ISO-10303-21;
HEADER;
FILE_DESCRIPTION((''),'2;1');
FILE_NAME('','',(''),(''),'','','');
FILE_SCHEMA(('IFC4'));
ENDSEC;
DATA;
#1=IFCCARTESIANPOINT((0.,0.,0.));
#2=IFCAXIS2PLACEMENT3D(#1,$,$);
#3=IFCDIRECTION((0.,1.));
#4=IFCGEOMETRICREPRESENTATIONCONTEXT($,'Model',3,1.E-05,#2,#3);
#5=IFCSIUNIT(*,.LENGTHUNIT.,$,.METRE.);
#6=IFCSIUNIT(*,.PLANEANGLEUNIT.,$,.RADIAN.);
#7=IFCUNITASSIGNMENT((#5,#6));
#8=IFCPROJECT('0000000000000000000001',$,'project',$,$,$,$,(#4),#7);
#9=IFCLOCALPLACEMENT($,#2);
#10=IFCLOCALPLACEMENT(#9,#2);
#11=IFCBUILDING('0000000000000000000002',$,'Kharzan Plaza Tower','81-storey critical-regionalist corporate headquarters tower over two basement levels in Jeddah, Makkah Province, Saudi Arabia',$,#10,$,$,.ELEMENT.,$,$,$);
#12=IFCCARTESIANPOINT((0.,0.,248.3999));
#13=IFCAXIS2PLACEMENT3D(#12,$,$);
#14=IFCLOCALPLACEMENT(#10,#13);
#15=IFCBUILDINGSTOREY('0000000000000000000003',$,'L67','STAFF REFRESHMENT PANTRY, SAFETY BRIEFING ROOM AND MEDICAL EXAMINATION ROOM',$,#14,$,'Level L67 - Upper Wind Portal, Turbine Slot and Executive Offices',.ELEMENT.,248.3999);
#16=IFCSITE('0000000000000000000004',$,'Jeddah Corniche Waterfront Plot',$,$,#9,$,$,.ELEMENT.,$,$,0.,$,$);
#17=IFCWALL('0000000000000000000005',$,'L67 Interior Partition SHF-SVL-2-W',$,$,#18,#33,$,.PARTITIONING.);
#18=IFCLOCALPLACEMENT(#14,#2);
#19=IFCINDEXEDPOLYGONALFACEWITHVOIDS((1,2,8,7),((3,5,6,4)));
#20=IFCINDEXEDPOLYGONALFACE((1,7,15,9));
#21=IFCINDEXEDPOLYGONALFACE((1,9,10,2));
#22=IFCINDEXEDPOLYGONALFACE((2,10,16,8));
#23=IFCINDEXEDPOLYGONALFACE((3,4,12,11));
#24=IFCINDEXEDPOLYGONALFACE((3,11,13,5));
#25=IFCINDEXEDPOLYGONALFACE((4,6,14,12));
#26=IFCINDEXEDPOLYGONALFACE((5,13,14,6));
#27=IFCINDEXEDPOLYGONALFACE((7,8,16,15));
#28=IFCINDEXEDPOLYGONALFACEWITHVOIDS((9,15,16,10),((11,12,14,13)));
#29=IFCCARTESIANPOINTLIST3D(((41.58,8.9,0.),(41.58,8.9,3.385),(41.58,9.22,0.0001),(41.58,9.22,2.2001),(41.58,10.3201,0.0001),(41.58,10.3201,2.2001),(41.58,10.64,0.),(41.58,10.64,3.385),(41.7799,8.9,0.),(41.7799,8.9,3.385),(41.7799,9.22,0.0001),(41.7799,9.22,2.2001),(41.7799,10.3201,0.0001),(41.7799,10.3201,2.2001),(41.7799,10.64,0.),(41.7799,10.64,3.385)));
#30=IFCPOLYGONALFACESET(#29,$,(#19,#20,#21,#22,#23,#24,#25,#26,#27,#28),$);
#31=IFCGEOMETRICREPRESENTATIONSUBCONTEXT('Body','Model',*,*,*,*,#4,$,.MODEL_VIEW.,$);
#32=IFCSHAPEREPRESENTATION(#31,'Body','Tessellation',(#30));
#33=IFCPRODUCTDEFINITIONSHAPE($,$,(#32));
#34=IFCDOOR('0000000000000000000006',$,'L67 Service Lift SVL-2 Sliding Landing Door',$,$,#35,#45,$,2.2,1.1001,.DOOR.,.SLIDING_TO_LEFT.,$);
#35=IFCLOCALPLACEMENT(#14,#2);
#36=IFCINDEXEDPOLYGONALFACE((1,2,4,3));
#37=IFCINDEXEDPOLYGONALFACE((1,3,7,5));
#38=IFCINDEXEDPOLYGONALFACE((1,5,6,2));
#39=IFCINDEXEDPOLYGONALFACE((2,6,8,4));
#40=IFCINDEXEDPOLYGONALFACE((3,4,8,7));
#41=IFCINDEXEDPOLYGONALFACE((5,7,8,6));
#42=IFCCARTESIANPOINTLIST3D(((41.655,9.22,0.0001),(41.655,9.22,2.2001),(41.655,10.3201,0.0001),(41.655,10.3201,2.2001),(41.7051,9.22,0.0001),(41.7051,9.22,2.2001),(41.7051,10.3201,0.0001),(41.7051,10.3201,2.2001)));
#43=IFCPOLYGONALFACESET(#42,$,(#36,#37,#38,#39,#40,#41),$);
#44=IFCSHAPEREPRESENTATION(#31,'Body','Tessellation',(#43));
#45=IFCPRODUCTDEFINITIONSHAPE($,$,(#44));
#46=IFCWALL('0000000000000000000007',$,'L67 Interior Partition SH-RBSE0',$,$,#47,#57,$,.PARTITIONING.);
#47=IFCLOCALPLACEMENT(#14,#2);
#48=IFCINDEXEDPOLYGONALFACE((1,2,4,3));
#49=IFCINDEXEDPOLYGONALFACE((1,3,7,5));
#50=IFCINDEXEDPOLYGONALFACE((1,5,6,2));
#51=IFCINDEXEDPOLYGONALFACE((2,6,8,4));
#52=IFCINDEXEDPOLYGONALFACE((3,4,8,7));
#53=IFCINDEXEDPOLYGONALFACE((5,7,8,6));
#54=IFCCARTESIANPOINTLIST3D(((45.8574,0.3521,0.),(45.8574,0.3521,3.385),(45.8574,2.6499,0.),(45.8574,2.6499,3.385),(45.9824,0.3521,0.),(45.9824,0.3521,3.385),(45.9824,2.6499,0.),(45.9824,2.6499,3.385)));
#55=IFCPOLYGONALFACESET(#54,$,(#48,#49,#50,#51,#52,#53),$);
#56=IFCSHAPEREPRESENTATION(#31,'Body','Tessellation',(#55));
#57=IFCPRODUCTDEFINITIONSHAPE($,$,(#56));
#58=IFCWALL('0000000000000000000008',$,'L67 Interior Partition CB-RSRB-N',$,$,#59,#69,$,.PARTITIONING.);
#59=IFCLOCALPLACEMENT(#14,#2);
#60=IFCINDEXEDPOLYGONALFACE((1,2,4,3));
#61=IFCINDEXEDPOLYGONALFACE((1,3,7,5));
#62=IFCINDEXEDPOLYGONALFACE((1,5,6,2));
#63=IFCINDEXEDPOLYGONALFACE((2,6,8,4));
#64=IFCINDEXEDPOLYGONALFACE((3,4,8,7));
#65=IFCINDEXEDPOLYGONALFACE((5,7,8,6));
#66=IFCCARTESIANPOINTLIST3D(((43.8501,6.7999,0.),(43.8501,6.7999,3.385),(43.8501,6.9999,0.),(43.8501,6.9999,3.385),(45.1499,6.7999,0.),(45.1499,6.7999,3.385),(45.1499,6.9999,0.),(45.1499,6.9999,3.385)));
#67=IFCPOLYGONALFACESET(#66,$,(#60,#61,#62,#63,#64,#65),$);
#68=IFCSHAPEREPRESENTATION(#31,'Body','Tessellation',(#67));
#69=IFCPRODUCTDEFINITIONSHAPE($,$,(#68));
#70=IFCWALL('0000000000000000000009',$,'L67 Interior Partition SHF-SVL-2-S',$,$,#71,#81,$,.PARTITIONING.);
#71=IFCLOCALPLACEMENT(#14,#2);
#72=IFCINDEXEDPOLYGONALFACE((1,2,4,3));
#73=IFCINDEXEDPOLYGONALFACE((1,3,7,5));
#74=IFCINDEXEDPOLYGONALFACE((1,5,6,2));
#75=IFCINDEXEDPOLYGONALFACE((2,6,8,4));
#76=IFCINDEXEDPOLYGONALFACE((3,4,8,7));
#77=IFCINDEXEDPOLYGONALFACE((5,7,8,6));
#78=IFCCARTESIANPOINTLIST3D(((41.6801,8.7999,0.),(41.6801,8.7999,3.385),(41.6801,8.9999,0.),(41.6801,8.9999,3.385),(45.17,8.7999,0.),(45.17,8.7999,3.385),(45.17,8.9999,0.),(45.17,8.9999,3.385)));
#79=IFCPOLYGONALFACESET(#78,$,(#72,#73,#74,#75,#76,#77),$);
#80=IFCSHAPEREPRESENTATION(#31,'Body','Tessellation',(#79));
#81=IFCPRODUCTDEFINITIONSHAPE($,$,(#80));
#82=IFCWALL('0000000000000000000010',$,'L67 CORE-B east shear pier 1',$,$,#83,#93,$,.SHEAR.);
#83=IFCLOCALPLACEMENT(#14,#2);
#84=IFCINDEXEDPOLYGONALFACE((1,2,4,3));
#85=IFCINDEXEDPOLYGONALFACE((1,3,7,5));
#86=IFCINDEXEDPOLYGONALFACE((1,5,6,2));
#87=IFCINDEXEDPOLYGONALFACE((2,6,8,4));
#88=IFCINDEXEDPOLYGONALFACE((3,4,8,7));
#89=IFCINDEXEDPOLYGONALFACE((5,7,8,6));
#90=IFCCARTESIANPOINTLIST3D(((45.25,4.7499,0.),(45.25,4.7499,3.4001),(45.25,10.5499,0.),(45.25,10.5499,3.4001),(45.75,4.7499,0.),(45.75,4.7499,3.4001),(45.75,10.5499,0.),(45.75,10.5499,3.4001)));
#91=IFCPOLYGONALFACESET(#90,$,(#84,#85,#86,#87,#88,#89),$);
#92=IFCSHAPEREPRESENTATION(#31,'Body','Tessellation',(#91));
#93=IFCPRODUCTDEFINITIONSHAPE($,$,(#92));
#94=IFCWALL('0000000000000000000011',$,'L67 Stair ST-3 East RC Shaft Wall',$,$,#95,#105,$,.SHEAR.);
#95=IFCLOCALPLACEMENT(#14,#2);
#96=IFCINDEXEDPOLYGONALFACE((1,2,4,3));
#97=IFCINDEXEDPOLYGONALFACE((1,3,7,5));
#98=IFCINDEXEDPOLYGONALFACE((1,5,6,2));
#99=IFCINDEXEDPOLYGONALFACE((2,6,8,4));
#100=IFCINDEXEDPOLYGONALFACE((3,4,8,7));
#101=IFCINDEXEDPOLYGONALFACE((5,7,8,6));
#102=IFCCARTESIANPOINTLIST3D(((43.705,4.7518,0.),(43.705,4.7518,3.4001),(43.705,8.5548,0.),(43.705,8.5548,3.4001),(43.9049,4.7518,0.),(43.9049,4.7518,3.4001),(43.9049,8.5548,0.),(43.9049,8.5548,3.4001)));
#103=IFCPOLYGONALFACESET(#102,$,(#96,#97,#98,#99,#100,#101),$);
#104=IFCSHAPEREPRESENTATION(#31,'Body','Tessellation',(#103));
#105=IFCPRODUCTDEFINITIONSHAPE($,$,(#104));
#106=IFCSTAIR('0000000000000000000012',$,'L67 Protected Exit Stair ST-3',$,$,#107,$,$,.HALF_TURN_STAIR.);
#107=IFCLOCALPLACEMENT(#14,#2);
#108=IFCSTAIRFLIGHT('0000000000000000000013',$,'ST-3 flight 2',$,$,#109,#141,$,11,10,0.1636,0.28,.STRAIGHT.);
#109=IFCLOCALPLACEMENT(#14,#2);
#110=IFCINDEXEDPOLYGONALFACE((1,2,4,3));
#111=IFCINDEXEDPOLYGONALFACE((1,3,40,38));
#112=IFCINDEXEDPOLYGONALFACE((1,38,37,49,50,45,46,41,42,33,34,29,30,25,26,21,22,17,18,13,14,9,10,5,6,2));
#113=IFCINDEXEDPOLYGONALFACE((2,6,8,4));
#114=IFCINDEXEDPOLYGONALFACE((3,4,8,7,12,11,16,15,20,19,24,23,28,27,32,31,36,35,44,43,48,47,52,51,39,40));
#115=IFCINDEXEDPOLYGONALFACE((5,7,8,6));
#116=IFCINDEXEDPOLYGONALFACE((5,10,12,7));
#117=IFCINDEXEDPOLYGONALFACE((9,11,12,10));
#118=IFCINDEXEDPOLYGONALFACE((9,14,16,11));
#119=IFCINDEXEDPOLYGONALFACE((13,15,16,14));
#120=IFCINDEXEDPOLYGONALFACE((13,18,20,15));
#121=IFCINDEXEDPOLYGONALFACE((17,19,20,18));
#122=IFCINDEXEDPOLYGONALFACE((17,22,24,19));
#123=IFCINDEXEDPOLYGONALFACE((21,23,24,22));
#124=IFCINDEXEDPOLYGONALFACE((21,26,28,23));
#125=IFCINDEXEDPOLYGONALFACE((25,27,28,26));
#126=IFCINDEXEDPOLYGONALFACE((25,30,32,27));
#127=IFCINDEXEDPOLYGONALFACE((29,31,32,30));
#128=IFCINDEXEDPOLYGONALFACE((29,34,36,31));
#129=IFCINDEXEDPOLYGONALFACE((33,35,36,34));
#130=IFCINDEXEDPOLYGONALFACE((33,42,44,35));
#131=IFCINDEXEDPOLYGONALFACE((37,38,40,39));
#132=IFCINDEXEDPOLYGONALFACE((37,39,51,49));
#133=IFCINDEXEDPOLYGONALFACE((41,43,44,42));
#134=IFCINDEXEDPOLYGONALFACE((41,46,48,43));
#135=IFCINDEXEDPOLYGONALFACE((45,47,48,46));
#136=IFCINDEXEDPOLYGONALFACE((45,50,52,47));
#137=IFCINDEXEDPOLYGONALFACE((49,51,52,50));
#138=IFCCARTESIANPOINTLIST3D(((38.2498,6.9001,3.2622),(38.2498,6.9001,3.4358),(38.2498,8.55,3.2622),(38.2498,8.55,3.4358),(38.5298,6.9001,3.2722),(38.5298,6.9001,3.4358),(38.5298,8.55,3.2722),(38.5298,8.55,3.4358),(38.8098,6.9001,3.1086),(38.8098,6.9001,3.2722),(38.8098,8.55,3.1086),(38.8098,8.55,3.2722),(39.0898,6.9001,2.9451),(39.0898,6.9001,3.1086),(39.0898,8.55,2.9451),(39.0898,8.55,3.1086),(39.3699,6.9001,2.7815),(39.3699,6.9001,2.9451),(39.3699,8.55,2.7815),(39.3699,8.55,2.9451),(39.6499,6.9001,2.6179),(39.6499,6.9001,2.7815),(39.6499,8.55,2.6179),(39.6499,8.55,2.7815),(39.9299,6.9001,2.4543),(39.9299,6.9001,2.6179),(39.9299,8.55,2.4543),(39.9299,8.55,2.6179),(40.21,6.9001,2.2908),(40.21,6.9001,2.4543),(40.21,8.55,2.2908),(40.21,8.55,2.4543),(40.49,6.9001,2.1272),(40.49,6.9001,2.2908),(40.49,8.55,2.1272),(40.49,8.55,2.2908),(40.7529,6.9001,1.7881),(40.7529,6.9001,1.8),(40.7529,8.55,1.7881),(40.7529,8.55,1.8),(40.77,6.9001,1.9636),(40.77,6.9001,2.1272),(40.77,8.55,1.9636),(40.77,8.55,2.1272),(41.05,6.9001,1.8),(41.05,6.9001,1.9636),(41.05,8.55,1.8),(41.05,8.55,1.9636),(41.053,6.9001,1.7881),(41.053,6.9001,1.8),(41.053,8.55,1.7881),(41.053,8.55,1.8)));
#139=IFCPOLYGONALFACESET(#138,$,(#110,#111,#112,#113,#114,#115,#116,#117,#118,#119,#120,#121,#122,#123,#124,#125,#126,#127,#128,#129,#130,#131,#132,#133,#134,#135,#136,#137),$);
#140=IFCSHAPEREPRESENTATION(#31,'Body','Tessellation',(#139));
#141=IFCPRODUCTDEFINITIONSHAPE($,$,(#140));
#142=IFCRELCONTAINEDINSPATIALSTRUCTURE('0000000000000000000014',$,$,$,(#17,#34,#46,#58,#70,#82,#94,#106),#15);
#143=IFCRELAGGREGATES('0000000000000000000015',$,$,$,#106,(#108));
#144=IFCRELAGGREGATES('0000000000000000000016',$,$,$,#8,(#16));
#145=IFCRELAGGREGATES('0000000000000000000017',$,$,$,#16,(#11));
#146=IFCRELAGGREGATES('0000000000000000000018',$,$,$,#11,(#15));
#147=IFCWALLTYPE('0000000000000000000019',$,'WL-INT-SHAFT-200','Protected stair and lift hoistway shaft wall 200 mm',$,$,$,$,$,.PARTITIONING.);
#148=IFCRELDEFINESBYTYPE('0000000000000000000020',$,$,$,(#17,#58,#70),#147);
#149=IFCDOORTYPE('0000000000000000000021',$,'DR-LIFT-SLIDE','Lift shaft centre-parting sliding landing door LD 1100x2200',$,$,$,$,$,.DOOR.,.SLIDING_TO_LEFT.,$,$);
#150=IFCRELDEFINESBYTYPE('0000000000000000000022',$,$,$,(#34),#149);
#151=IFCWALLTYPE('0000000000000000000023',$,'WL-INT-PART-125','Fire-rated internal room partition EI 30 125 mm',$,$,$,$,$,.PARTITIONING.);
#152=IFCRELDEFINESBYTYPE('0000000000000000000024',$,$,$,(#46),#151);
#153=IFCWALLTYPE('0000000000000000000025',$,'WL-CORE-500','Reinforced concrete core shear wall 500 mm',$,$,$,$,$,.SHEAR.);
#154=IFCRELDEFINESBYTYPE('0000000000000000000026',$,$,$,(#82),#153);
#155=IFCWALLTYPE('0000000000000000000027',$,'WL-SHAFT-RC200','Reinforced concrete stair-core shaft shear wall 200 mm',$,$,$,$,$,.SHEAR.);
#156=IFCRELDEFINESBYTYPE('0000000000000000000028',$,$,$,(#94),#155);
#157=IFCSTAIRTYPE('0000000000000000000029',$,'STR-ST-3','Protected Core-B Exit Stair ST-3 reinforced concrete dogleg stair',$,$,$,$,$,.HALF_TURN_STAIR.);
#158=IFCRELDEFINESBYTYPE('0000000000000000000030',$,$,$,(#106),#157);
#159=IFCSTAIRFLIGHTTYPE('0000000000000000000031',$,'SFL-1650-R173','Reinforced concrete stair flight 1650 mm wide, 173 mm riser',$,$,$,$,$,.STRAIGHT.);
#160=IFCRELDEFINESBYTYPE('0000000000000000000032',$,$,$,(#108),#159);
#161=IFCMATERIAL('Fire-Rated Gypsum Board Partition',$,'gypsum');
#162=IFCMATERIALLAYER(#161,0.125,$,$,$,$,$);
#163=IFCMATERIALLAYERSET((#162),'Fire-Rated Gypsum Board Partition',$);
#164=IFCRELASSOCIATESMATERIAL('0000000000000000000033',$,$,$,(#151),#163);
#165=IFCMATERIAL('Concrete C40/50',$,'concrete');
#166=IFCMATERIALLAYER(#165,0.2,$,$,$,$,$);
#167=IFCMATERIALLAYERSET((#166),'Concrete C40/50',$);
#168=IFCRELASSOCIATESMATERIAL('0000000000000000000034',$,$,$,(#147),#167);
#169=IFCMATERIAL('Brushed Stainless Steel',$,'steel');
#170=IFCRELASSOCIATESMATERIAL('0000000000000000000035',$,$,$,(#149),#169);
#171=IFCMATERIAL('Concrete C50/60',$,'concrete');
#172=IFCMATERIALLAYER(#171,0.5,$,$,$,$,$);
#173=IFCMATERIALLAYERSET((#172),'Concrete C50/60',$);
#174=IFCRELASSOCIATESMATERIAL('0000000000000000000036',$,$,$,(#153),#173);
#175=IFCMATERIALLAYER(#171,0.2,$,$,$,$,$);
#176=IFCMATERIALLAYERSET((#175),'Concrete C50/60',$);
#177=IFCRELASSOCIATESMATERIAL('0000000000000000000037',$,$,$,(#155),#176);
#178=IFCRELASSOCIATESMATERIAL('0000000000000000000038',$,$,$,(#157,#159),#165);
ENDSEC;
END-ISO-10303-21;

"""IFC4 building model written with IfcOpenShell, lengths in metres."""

from ifc_helpers import new_model, si_unit, direction, frame, frame_2d, origin, place, context, subcontext, project, spatial, polyline, rectangle, outline, extrude, source, transform, mapped, material, layer, layer_set, type_object, element, fill, aggregate, save


model = new_model("IFC4")

# Units and contexts
model_context = context("Model", 3, precision=1e-05, world=origin(), true_north=direction((0.0, 1.0)))
body_context = subcontext(model_context, "Body", "Model", "MODEL_VIEW")
ifc_project = project(units=[si_unit("LENGTHUNIT", "METRE"), si_unit("PLANEANGLEUNIT", "RADIAN")], contexts=[model_context])

# Site, building, storey
site_placement = place(None, origin())
site = spatial("IfcSite", under=ifc_project, at=site_placement, Name="Jeddah Corniche Waterfront Plot", CompositionType="ELEMENT", RefElevation=0.0)
building_placement = place(site_placement, origin())
building = spatial("IfcBuilding", under=site, at=building_placement, Name="Kharzan Plaza Tower", Description="81-storey critical-regionalist corporate headquarters tower over two basement levels in Jeddah, Makkah Province, Saudi Arabia", CompositionType="ELEMENT")
storey_placement = place(building_placement, frame((0.0, 0.0, 248.3999)))
storey = spatial("IfcBuildingStorey", under=building, at=storey_placement, Name="L67", Description="STAFF REFRESHMENT PANTRY, SAFETY BRIEFING ROOM AND MEDICAL EXAMINATION ROOM", LongName="Level L67 - Upper Wind Portal, Turbine Slot and Executive Offices", CompositionType="ELEMENT", Elevation=248.3999)

# Shared definitions
ifc_material_1 = material(Name="Concrete C50/60", Category="concrete")

# Shared definitions
ifc_material_2 = material(Name="Concrete C40/50", Category="concrete")

# Wall, opening, door
ifc_material_3 = material(Name="Fire-Rated Gypsum Board Partition", Category="gypsum")
ifc_layer_1 = layer(ifc_material_3, 0.125)
ifc_layer_set_1 = layer_set([ifc_layer_1], Name="Fire-Rated Gypsum Board Partition")
wall_type_1 = type_object("IfcWallType", Name="WL-INT-PART-125", Description="Fire-rated internal room partition EI 30 125 mm", PredefinedType="PARTITIONING", material=ifc_layer_set_1)
ifc_layer_2 = layer(ifc_material_2, 0.2)
ifc_layer_set_2 = layer_set([ifc_layer_2], Name="Concrete C40/50")
wall_type_2 = type_object("IfcWallType", Name="WL-INT-SHAFT-200", Description="Protected stair and lift hoistway shaft wall 200 mm", PredefinedType="PARTITIONING", material=ifc_layer_set_2)
wall_1_placement = place(storey_placement, frame((41.6799, 8.8999, 0.0), z_axis=(0.0, 0.0, 1.0), x_axis=(0.0, 1.0, 0.0)))
wall_1 = element("IfcWall", 1, at=wall_1_placement, inside=storey, type_object=wall_type_2, Name="L67 Interior Partition SHF-SVL-2-W", PredefinedType="PARTITIONING", context=body_context, shape_type="SweptSolid", body=[
    extrude(rectangle(XDim=1.74, YDim=0.2, at=frame_2d((0.8701, 0.0))), origin(), (0.0, 0.0, 1.0), 3.385),
])
opening_1_placement = place(wall_1_placement, frame((0.3201, 0.0, 0.0)))
opening_1 = element("IfcOpeningElement", 2, at=opening_1_placement, cuts=wall_1, PredefinedType="OPENING", context=body_context, shape_type="SweptSolid", body=[
    extrude(rectangle(XDim=1.1001, YDim=2.2, at=frame_2d((0.55, 1.1001))), frame((0.0, 0.1099, 0.0), z_axis=(0.0, -1.0, 0.0), x_axis=(1.0, 0.0, 0.0)), (0.0, 0.0, 1.0), 0.22),
])
ifc_material_4 = material(Name="Brushed Stainless Steel", Category="steel")
door_type_1 = type_object("IfcDoorType", Name="DR-LIFT-SLIDE", Description="Lift shaft centre-parting sliding landing door LD 1100x2200", OperationType="SLIDING_TO_LEFT", PredefinedType="DOOR", material=ifc_material_4)
shared_shape_1 = source(origin(), body_context, "Body", "SweptSolid", [
    extrude(rectangle(XDim=1.1001, YDim=2.2, at=frame_2d((0.55, 1.1001))), frame((0.0, 0.0249, 0.0), z_axis=(0.0, -1.0, 0.0), x_axis=(1.0, 0.0, 0.0)), (0.0, 0.0, 1.0), 0.05),
])
door_1_placement = place(opening_1_placement, origin())
door_1 = element("IfcDoor", 3, at=door_1_placement, inside=storey, type_object=door_type_1, Name="L67 Service Lift SVL-2 Sliding Landing Door", OperationType="SLIDING_TO_LEFT", OverallHeight=2.2, OverallWidth=1.1001, PredefinedType="DOOR", context=body_context, shape_type="MappedRepresentation", body=[
    mapped(shared_shape_1, transform((0.0, 0.0, 0.0), x_axis=(1.0, 0.0, 0.0), y_axis=(0.0, 1.0, 0.0), z_axis=(0.0, 0.0, 1.0))),
])
fill(opening_1, door_1)

# Walls
shared_shape_2 = source(origin(), body_context, "Body", "SweptSolid", [
    extrude(rectangle(XDim=2.2979, YDim=0.125, at=frame_2d((1.1489, 0.0))), origin(), (0.0, 0.0, 1.0), 3.385),
])
wall_2_placement = place(storey_placement, frame((45.9199, 0.3521, 0.0), z_axis=(0.0, 0.0, 1.0), x_axis=(0.0, 1.0, 0.0)))
element("IfcWall", 4, at=wall_2_placement, inside=storey, type_object=wall_type_1, Name="L67 Interior Partition SH-RBSE0", PredefinedType="PARTITIONING", context=body_context, shape_type="MappedRepresentation", body=[
    mapped(shared_shape_2, transform((0.0, 0.0, 0.0), x_axis=(1.0, 0.0, 0.0), y_axis=(0.0, 1.0, 0.0), z_axis=(0.0, 0.0, 1.0))),
])
shared_shape_3 = source(origin(), body_context, "Body", "SweptSolid", [
    extrude(rectangle(XDim=1.2998, YDim=0.2, at=frame_2d((0.6499, 0.0))), origin(), (0.0, 0.0, 1.0), 3.385),
])
wall_3_placement = place(storey_placement, frame((43.8501, 6.8999, 0.0), z_axis=(0.0, 0.0, 1.0), x_axis=(1.0, 0.0, 0.0)))
element("IfcWall", 5, at=wall_3_placement, inside=storey, type_object=wall_type_2, Name="L67 Interior Partition CB-RSRB-N", PredefinedType="PARTITIONING", context=body_context, shape_type="MappedRepresentation", body=[
    mapped(shared_shape_3, transform((0.0, 0.0, 0.0), x_axis=(1.0, 0.0, 0.0), y_axis=(0.0, 1.0, 0.0), z_axis=(0.0, 0.0, 1.0))),
])
shared_shape_4 = source(origin(), body_context, "Body", "SweptSolid", [
    extrude(rectangle(XDim=3.49, YDim=0.2, at=frame_2d((1.7451, 0.0))), origin(), (0.0, 0.0, 1.0), 3.385),
])
wall_4_placement = place(storey_placement, frame((41.6799, 8.8999, 0.0), z_axis=(0.0, 0.0, 1.0), x_axis=(1.0, 0.0, 0.0)))
element("IfcWall", 6, at=wall_4_placement, inside=storey, type_object=wall_type_2, Name="L67 Interior Partition SHF-SVL-2-S", PredefinedType="PARTITIONING", context=body_context, shape_type="MappedRepresentation", body=[
    mapped(shared_shape_4, transform((0.0, 0.0, 0.0), x_axis=(1.0, 0.0, 0.0), y_axis=(0.0, 1.0, 0.0), z_axis=(0.0, 0.0, 1.0))),
])
ifc_layer_3 = layer(ifc_material_1, 0.5)
ifc_layer_set_3 = layer_set([ifc_layer_3], Name="Concrete C50/60")
wall_type_3 = type_object("IfcWallType", Name="WL-CORE-500", Description="Reinforced concrete core shear wall 500 mm", PredefinedType="SHEAR", material=ifc_layer_set_3)
shared_shape_5 = source(origin(), body_context, "Body", "SweptSolid", [
    extrude(rectangle(XDim=5.8, YDim=0.5, at=frame_2d((2.8999, 0.0))), origin(), (0.0, 0.0, 1.0), 3.4001),
])
wall_5_placement = place(storey_placement, frame((45.5, 4.75, 0.0), z_axis=(0.0, 0.0, 1.0), x_axis=(0.0, 1.0, 0.0)))
element("IfcWall", 7, at=wall_5_placement, inside=storey, type_object=wall_type_3, Name="L67 CORE-B east shear pier 1", PredefinedType="SHEAR", context=body_context, shape_type="MappedRepresentation", body=[
    mapped(shared_shape_5, transform((0.0, 0.0, 0.0), x_axis=(1.0, 0.0, 0.0), y_axis=(0.0, 1.0, 0.0), z_axis=(0.0, 0.0, 1.0))),
])
ifc_layer_4 = layer(ifc_material_1, 0.2)
ifc_layer_set_4 = layer_set([ifc_layer_4], Name="Concrete C50/60")
wall_type_4 = type_object("IfcWallType", Name="WL-SHAFT-RC200", Description="Reinforced concrete stair-core shaft shear wall 200 mm", PredefinedType="SHEAR", material=ifc_layer_set_4)
shared_shape_6 = source(origin(), body_context, "Body", "SweptSolid", [
    extrude(rectangle(XDim=3.803, YDim=0.2, at=frame_2d((1.9014, 0.0))), origin(), (0.0, 0.0, 1.0), 3.4001),
])
wall_6_placement = place(storey_placement, frame((43.8049, 4.752, 0.0), z_axis=(0.0, 0.0, 1.0), x_axis=(0.0, 1.0, 0.0)))
element("IfcWall", 8, at=wall_6_placement, inside=storey, type_object=wall_type_4, Name="L67 Stair ST-3 East RC Shaft Wall", PredefinedType="SHEAR", context=body_context, shape_type="MappedRepresentation", body=[
    mapped(shared_shape_6, transform((0.0, 0.0, 0.0), x_axis=(1.0, 0.0, 0.0), y_axis=(0.0, 1.0, 0.0), z_axis=(0.0, 0.0, 1.0))),
])

# Stair, stair flight
stair_type = type_object("IfcStairType", Name="STR-ST-3", Description="Protected Core-B Exit Stair ST-3 reinforced concrete dogleg stair", PredefinedType="HALF_TURN_STAIR", material=ifc_material_2)
stair_placement = place(storey_placement, origin())
stair = element("IfcStair", 9, at=stair_placement, inside=storey, type_object=stair_type, Name="L67 Protected Exit Stair ST-3", PredefinedType="HALF_TURN_STAIR")
stair_flight_type = type_object("IfcStairFlightType", Name="SFL-1650-R173", Description="Reinforced concrete stair flight 1650 mm wide, 173 mm riser", PredefinedType="STRAIGHT", material=ifc_material_2)
shared_shape_7 = source(origin(), body_context, "Body", "SweptSolid", [
    extrude(outline(polyline([(-0.0029, -0.012), (-0.0029, 0.0), (0.0, 0.0), (0.0, 0.1636), (0.28, 0.1636), (0.28, 0.3271), (0.5601, 0.3271), (0.5601, 0.4907), (0.8401, 0.4907), (0.8401, 0.6543), (1.1201, 0.6543), (1.1201, 0.8179), (1.4001, 0.8179), (1.4001, 0.9814), (1.6802, 0.9814), (1.6802, 1.145), (1.9602, 1.145), (1.9602, 1.3086), (2.2402, 1.3086), (2.2402, 1.4722), (2.5203, 1.4722), (2.5203, 1.6357), (2.8003, 1.6357), (2.8003, 1.7993), (2.8003, 1.4622), (0.2971, 0.0), (0.2971, -0.012), (-0.0029, -0.012)])), frame((0.0, 0.825, 0.0), z_axis=(0.0, -1.0, 0.0), x_axis=(1.0, 0.0, 0.0)), (0.0, 0.0, 1.0), 1.6499),
])
stair_flight_placement = place(storey_placement, frame((41.05, 7.7251, 1.8), z_axis=(0.0, 0.0, 1.0), x_axis=(-1.0, 0.0, 0.0)))
stair_flight = element("IfcStairFlight", 10, at=stair_flight_placement, type_object=stair_flight_type, Name="ST-3 flight 2", NumberOfRisers=11, NumberOfTreads=10, PredefinedType="STRAIGHT", RiserHeight=0.1636, TreadLength=0.28, context=body_context, shape_type="MappedRepresentation", body=[
    mapped(shared_shape_7, transform((0.0, 0.0, 0.0), x_axis=(1.0, 0.0, 0.0), y_axis=(0.0, 1.0, 0.0), z_axis=(0.0, 0.0, 1.0))),
])
aggregate(stair, [stair_flight])

save(model, "model.ifc")
